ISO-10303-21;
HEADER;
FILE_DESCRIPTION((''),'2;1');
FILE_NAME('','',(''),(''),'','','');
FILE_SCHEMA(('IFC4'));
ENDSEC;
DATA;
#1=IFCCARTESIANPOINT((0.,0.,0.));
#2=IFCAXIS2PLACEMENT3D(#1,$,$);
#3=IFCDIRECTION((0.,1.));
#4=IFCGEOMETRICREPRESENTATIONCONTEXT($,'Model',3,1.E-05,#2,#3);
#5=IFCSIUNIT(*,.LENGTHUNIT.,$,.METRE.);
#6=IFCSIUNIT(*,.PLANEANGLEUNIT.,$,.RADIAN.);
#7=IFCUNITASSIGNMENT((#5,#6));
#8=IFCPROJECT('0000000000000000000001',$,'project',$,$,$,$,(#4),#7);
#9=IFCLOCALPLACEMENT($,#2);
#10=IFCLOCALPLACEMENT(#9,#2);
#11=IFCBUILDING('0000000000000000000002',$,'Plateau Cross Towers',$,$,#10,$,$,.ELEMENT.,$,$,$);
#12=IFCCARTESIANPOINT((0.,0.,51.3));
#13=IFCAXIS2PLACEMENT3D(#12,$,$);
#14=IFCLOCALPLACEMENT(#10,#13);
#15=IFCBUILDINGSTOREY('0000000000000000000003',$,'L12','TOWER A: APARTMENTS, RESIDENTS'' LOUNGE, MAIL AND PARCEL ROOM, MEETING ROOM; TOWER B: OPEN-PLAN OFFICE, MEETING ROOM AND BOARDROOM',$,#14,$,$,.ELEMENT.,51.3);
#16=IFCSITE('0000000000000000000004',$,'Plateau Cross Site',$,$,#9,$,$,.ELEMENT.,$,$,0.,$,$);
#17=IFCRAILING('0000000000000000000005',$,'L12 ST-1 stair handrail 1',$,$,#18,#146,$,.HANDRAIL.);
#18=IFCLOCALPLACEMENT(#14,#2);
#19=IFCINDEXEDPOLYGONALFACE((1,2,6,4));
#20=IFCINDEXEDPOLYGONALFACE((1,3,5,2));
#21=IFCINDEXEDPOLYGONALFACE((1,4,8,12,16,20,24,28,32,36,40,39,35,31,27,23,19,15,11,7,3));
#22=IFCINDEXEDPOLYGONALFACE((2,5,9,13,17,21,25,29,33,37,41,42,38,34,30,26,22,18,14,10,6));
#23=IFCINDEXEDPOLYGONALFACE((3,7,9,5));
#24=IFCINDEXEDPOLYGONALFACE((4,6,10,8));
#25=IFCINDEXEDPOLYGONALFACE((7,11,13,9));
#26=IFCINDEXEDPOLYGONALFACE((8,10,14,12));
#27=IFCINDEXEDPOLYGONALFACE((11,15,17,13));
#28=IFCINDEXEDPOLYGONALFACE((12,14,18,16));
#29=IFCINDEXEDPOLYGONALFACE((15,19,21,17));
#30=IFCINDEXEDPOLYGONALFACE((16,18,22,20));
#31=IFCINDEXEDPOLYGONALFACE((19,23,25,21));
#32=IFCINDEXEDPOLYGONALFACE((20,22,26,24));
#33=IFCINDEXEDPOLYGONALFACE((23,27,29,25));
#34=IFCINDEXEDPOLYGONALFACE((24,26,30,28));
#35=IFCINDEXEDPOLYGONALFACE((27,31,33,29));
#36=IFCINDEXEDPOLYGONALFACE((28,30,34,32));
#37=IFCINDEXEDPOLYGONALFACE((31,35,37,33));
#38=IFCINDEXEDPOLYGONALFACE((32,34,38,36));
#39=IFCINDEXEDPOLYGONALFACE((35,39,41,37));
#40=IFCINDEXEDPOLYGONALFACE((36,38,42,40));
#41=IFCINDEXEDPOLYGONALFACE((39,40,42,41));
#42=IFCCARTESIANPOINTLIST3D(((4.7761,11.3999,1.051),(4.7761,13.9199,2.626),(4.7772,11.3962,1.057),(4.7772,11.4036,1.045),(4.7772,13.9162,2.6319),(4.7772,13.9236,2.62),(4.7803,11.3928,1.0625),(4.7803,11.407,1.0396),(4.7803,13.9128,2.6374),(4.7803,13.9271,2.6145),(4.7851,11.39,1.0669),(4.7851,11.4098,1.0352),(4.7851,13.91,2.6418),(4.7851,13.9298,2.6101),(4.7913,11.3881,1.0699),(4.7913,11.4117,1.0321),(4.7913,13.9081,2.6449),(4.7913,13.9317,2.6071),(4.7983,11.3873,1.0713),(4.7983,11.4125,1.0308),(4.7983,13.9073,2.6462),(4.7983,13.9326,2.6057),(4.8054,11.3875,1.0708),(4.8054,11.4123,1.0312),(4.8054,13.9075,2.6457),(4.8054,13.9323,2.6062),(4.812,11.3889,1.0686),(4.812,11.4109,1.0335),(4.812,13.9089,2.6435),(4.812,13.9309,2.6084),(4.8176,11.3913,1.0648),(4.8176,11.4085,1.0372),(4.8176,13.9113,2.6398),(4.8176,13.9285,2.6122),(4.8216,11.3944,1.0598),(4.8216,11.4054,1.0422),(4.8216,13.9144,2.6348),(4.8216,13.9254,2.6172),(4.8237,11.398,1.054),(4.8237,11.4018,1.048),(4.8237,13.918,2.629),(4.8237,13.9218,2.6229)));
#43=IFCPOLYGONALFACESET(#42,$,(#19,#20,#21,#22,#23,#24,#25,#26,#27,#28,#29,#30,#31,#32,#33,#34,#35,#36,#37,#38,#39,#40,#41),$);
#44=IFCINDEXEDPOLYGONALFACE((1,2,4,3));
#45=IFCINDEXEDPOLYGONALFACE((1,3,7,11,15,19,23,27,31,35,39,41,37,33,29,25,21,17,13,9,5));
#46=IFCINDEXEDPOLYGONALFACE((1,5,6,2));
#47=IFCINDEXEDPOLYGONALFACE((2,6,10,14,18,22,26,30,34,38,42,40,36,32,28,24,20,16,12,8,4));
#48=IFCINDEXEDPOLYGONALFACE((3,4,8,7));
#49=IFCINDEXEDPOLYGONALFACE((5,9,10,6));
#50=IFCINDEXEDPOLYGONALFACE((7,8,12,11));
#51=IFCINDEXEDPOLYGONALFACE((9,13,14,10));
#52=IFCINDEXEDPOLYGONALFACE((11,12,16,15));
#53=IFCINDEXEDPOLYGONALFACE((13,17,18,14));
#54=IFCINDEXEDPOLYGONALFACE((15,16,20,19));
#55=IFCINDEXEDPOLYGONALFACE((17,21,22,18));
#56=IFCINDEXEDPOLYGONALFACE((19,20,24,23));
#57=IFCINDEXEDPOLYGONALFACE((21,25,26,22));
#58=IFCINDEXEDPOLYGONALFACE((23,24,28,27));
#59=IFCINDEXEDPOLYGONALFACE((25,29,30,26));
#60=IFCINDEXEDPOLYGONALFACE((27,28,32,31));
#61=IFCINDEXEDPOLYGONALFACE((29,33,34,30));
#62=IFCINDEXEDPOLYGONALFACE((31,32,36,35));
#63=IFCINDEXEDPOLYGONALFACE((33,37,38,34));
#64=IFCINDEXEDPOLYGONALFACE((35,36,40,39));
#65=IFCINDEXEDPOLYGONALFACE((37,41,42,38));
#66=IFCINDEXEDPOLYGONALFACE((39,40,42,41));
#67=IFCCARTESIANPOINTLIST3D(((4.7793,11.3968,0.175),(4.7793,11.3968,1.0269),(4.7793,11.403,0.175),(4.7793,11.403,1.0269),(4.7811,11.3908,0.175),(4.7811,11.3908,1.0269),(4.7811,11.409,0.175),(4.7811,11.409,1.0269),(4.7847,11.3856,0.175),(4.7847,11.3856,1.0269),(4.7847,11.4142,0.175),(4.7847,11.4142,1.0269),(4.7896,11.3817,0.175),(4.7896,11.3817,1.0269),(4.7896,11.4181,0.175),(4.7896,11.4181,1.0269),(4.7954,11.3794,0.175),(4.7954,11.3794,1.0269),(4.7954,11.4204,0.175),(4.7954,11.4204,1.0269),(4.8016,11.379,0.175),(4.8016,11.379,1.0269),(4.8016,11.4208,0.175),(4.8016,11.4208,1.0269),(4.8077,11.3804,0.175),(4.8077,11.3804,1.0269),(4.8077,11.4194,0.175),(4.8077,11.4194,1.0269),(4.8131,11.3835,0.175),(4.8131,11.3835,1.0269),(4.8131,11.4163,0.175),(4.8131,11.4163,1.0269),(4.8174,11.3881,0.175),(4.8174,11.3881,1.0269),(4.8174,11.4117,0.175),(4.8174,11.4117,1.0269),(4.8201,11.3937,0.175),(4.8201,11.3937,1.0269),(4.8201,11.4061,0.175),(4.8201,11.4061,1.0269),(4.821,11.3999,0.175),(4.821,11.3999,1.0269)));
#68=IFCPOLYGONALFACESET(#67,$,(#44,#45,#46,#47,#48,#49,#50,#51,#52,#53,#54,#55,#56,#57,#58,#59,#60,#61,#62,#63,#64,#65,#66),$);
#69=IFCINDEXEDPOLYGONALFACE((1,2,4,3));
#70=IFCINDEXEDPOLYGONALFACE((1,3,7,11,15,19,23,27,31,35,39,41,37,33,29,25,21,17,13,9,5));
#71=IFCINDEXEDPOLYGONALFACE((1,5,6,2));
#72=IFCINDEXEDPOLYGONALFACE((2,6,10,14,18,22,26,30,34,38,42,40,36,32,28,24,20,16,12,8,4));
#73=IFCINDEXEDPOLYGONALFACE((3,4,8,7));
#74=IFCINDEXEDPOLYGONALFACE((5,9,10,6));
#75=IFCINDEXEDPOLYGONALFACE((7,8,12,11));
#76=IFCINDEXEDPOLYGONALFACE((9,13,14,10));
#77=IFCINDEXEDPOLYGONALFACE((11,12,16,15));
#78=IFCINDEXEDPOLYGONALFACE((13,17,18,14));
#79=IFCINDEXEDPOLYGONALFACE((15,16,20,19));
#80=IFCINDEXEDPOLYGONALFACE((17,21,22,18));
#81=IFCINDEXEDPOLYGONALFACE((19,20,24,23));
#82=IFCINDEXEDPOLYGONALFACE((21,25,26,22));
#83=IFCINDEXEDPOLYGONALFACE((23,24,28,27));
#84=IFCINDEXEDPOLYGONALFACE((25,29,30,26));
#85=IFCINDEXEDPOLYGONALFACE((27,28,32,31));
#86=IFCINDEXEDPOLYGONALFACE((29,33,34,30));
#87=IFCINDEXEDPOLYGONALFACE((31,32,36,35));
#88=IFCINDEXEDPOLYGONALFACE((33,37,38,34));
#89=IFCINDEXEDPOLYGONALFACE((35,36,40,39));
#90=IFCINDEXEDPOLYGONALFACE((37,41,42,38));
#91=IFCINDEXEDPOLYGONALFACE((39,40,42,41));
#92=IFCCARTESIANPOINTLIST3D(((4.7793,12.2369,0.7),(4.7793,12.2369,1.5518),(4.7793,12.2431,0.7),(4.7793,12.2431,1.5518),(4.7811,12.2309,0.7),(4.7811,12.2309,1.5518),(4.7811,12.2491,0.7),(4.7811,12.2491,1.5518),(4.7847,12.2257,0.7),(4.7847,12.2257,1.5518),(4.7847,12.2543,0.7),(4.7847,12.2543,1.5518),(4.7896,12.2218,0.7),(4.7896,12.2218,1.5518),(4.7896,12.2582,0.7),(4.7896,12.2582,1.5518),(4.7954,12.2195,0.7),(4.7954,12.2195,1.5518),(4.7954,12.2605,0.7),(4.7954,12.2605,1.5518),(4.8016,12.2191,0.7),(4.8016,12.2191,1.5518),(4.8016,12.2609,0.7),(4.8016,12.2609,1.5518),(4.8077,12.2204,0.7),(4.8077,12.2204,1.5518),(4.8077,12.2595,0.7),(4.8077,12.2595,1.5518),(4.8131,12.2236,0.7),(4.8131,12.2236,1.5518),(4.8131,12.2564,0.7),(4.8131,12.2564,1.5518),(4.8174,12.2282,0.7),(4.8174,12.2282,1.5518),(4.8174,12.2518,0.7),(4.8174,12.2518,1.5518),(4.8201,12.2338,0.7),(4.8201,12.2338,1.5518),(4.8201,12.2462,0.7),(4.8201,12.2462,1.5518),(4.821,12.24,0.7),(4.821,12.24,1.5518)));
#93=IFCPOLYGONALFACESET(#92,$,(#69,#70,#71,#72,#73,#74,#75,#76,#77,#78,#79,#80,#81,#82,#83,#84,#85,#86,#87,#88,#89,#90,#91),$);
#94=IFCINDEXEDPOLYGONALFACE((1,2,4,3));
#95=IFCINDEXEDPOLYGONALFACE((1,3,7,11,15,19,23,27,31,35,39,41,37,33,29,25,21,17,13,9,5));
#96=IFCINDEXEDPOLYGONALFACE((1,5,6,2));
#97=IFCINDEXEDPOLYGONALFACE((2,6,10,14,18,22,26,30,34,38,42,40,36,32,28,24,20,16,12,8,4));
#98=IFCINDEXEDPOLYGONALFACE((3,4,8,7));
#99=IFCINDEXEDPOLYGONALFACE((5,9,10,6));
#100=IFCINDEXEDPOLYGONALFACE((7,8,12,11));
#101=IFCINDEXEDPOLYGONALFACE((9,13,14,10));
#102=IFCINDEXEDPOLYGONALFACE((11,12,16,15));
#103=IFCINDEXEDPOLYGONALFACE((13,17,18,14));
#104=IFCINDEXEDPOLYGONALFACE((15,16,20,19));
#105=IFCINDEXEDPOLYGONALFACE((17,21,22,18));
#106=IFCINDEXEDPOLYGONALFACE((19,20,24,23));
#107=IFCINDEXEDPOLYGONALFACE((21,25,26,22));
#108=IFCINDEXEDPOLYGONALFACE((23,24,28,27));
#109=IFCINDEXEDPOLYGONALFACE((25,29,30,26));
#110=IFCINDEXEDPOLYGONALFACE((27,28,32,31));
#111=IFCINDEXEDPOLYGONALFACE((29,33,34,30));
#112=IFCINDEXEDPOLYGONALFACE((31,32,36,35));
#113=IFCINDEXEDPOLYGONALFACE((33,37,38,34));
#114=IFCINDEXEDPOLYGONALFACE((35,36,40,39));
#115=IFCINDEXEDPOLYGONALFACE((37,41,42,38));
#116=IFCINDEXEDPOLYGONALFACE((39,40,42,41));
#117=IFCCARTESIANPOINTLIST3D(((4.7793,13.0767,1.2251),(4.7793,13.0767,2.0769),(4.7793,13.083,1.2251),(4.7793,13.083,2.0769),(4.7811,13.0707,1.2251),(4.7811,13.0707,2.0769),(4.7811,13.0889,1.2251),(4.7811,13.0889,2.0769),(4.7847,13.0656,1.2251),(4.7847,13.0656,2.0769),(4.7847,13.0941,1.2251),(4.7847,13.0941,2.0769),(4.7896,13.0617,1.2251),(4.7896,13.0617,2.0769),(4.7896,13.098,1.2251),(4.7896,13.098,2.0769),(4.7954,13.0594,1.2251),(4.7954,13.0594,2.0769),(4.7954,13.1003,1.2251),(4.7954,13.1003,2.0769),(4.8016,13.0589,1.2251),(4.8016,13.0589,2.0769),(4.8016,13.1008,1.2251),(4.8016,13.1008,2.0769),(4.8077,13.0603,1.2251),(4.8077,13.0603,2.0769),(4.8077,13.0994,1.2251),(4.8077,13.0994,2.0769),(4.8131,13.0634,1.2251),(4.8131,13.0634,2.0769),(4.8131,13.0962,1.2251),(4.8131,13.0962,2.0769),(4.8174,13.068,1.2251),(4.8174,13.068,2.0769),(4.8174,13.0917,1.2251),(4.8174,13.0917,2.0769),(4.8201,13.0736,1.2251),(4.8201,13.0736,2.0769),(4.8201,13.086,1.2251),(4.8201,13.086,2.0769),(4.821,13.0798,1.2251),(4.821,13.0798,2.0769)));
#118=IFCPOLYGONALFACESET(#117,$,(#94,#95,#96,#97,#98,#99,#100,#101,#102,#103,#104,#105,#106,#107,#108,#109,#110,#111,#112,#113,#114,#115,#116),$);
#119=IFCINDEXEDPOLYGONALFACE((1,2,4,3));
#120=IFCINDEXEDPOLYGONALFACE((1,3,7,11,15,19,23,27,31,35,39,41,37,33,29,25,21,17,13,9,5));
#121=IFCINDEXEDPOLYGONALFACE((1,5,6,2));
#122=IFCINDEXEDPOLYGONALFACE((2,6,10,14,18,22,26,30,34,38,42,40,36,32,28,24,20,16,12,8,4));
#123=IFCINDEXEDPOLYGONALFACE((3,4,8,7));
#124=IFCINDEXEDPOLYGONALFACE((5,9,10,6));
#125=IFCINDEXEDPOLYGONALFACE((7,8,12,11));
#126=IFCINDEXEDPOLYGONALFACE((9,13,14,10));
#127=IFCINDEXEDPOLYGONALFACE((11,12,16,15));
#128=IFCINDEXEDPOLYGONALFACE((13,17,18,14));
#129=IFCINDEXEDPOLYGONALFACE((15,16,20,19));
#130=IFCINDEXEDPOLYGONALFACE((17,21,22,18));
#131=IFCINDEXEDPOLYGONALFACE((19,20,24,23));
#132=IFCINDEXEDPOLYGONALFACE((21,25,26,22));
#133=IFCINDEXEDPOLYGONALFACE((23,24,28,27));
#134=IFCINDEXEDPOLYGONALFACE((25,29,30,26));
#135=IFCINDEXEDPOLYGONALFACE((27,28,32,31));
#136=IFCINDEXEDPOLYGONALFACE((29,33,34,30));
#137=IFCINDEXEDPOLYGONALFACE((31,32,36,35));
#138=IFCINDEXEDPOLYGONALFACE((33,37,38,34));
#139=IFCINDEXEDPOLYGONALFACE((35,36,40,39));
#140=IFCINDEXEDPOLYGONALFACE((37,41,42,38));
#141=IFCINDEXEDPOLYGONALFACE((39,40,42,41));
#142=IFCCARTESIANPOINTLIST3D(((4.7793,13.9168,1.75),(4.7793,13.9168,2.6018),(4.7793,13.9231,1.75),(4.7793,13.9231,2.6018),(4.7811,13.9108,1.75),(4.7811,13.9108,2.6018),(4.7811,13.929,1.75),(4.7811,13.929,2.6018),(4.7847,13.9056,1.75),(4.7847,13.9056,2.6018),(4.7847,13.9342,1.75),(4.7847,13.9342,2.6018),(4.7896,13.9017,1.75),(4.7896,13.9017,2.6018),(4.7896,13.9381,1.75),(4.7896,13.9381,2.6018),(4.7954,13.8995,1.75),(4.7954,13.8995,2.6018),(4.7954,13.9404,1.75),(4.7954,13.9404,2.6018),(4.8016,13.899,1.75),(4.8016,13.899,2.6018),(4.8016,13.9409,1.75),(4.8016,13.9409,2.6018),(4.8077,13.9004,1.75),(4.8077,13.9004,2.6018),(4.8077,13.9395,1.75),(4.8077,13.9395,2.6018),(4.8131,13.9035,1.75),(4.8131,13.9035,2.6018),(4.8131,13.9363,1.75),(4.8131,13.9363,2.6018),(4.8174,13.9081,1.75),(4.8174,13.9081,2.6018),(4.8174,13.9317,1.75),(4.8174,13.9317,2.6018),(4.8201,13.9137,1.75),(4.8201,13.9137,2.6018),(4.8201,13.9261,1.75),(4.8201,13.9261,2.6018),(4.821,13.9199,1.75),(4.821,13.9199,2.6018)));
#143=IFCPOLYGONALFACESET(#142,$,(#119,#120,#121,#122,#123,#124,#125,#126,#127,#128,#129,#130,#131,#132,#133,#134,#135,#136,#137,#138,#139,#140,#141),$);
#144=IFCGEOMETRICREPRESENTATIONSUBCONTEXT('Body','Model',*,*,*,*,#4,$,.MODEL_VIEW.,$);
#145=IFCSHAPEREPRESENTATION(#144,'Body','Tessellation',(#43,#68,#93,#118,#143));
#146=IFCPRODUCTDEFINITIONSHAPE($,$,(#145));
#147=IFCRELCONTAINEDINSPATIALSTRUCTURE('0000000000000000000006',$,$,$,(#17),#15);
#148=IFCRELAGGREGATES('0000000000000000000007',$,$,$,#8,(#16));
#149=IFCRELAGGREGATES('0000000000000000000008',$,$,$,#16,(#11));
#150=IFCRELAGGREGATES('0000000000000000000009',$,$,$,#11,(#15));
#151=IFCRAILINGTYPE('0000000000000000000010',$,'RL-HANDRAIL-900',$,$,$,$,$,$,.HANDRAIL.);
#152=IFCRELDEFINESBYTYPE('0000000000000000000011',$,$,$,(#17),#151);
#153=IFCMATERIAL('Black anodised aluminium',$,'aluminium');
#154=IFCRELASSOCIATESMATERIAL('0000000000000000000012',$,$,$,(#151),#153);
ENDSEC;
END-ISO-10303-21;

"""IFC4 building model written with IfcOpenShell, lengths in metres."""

from ifc_helpers import new_model, si_unit, direction, frame, origin, origin_2d, place, context, subcontext, project, spatial, circle, extrude, material, type_object, element, save


model = new_model("IFC4")

# Units and contexts
model_context = context("Model", 3, precision=1e-05, world=origin(), true_north=direction((0.0, 1.0)))
body_context = subcontext(model_context, "Body", "Model", "MODEL_VIEW")
ifc_project = project(units=[si_unit("LENGTHUNIT", "METRE"), si_unit("PLANEANGLEUNIT", "RADIAN")], contexts=[model_context])

# Site, building, storey
site_placement = place(None, origin())
site = spatial("IfcSite", under=ifc_project, at=site_placement, Name="Plateau Cross Site", CompositionType="ELEMENT", RefElevation=0.0)
building_placement = place(site_placement, origin())
building = spatial("IfcBuilding", under=site, at=building_placement, Name="Plateau Cross Towers", CompositionType="ELEMENT")
storey_placement = place(building_placement, frame((0.0, 0.0, 51.3)))
storey = spatial("IfcBuildingStorey", under=building, at=storey_placement, Name="L12", Description="TOWER A: APARTMENTS, RESIDENTS' LOUNGE, MAIL AND PARCEL ROOM, MEETING ROOM; TOWER B: OPEN-PLAN OFFICE, MEETING ROOM AND BOARDROOM", CompositionType="ELEMENT", Elevation=51.3)

# Shared definitions
ifc_material_1 = material(Name="Black anodised aluminium", Category="aluminium")

# Railing
railing_type_1 = type_object("IfcRailingType", Name="RL-HANDRAIL-900", PredefinedType="HANDRAIL", material=ifc_material_1)
railing_1_placement = place(storey_placement, frame((4.8, 11.3999, 0.175)))
element("IfcRailing", 1, at=railing_1_placement, inside=storey, type_object=railing_type_1, Name="L12 ST-1 stair handrail 1", PredefinedType="HANDRAIL", context=body_context, shape_type="SweptSolid", body=[
    extrude(circle(Radius=0.0239, at=origin_2d()), frame((0.0, 0.0, 0.876), z_axis=(0.0, 0.848008, 0.529984), x_axis=(-1.0, 0.0, 0.0)), (0.0, 0.0, 1.0), 2.9717),
    extrude(circle(Radius=0.021, at=origin_2d()), origin(), (0.0, 0.0, 1.0), 0.8518),
    extrude(circle(Radius=0.021, at=origin_2d()), frame((0.0, 0.8401, 0.5249)), (0.0, 0.0, 1.0), 0.8518),
    extrude(circle(Radius=0.021, at=origin_2d()), frame((0.0, 1.6799, 1.05)), (0.0, 0.0, 1.0), 0.8518),
    extrude(circle(Radius=0.021, at=origin_2d()), frame((0.0, 2.52, 1.575)), (0.0, 0.0, 1.0), 0.8518),
])

save(model, "model.ifc")
